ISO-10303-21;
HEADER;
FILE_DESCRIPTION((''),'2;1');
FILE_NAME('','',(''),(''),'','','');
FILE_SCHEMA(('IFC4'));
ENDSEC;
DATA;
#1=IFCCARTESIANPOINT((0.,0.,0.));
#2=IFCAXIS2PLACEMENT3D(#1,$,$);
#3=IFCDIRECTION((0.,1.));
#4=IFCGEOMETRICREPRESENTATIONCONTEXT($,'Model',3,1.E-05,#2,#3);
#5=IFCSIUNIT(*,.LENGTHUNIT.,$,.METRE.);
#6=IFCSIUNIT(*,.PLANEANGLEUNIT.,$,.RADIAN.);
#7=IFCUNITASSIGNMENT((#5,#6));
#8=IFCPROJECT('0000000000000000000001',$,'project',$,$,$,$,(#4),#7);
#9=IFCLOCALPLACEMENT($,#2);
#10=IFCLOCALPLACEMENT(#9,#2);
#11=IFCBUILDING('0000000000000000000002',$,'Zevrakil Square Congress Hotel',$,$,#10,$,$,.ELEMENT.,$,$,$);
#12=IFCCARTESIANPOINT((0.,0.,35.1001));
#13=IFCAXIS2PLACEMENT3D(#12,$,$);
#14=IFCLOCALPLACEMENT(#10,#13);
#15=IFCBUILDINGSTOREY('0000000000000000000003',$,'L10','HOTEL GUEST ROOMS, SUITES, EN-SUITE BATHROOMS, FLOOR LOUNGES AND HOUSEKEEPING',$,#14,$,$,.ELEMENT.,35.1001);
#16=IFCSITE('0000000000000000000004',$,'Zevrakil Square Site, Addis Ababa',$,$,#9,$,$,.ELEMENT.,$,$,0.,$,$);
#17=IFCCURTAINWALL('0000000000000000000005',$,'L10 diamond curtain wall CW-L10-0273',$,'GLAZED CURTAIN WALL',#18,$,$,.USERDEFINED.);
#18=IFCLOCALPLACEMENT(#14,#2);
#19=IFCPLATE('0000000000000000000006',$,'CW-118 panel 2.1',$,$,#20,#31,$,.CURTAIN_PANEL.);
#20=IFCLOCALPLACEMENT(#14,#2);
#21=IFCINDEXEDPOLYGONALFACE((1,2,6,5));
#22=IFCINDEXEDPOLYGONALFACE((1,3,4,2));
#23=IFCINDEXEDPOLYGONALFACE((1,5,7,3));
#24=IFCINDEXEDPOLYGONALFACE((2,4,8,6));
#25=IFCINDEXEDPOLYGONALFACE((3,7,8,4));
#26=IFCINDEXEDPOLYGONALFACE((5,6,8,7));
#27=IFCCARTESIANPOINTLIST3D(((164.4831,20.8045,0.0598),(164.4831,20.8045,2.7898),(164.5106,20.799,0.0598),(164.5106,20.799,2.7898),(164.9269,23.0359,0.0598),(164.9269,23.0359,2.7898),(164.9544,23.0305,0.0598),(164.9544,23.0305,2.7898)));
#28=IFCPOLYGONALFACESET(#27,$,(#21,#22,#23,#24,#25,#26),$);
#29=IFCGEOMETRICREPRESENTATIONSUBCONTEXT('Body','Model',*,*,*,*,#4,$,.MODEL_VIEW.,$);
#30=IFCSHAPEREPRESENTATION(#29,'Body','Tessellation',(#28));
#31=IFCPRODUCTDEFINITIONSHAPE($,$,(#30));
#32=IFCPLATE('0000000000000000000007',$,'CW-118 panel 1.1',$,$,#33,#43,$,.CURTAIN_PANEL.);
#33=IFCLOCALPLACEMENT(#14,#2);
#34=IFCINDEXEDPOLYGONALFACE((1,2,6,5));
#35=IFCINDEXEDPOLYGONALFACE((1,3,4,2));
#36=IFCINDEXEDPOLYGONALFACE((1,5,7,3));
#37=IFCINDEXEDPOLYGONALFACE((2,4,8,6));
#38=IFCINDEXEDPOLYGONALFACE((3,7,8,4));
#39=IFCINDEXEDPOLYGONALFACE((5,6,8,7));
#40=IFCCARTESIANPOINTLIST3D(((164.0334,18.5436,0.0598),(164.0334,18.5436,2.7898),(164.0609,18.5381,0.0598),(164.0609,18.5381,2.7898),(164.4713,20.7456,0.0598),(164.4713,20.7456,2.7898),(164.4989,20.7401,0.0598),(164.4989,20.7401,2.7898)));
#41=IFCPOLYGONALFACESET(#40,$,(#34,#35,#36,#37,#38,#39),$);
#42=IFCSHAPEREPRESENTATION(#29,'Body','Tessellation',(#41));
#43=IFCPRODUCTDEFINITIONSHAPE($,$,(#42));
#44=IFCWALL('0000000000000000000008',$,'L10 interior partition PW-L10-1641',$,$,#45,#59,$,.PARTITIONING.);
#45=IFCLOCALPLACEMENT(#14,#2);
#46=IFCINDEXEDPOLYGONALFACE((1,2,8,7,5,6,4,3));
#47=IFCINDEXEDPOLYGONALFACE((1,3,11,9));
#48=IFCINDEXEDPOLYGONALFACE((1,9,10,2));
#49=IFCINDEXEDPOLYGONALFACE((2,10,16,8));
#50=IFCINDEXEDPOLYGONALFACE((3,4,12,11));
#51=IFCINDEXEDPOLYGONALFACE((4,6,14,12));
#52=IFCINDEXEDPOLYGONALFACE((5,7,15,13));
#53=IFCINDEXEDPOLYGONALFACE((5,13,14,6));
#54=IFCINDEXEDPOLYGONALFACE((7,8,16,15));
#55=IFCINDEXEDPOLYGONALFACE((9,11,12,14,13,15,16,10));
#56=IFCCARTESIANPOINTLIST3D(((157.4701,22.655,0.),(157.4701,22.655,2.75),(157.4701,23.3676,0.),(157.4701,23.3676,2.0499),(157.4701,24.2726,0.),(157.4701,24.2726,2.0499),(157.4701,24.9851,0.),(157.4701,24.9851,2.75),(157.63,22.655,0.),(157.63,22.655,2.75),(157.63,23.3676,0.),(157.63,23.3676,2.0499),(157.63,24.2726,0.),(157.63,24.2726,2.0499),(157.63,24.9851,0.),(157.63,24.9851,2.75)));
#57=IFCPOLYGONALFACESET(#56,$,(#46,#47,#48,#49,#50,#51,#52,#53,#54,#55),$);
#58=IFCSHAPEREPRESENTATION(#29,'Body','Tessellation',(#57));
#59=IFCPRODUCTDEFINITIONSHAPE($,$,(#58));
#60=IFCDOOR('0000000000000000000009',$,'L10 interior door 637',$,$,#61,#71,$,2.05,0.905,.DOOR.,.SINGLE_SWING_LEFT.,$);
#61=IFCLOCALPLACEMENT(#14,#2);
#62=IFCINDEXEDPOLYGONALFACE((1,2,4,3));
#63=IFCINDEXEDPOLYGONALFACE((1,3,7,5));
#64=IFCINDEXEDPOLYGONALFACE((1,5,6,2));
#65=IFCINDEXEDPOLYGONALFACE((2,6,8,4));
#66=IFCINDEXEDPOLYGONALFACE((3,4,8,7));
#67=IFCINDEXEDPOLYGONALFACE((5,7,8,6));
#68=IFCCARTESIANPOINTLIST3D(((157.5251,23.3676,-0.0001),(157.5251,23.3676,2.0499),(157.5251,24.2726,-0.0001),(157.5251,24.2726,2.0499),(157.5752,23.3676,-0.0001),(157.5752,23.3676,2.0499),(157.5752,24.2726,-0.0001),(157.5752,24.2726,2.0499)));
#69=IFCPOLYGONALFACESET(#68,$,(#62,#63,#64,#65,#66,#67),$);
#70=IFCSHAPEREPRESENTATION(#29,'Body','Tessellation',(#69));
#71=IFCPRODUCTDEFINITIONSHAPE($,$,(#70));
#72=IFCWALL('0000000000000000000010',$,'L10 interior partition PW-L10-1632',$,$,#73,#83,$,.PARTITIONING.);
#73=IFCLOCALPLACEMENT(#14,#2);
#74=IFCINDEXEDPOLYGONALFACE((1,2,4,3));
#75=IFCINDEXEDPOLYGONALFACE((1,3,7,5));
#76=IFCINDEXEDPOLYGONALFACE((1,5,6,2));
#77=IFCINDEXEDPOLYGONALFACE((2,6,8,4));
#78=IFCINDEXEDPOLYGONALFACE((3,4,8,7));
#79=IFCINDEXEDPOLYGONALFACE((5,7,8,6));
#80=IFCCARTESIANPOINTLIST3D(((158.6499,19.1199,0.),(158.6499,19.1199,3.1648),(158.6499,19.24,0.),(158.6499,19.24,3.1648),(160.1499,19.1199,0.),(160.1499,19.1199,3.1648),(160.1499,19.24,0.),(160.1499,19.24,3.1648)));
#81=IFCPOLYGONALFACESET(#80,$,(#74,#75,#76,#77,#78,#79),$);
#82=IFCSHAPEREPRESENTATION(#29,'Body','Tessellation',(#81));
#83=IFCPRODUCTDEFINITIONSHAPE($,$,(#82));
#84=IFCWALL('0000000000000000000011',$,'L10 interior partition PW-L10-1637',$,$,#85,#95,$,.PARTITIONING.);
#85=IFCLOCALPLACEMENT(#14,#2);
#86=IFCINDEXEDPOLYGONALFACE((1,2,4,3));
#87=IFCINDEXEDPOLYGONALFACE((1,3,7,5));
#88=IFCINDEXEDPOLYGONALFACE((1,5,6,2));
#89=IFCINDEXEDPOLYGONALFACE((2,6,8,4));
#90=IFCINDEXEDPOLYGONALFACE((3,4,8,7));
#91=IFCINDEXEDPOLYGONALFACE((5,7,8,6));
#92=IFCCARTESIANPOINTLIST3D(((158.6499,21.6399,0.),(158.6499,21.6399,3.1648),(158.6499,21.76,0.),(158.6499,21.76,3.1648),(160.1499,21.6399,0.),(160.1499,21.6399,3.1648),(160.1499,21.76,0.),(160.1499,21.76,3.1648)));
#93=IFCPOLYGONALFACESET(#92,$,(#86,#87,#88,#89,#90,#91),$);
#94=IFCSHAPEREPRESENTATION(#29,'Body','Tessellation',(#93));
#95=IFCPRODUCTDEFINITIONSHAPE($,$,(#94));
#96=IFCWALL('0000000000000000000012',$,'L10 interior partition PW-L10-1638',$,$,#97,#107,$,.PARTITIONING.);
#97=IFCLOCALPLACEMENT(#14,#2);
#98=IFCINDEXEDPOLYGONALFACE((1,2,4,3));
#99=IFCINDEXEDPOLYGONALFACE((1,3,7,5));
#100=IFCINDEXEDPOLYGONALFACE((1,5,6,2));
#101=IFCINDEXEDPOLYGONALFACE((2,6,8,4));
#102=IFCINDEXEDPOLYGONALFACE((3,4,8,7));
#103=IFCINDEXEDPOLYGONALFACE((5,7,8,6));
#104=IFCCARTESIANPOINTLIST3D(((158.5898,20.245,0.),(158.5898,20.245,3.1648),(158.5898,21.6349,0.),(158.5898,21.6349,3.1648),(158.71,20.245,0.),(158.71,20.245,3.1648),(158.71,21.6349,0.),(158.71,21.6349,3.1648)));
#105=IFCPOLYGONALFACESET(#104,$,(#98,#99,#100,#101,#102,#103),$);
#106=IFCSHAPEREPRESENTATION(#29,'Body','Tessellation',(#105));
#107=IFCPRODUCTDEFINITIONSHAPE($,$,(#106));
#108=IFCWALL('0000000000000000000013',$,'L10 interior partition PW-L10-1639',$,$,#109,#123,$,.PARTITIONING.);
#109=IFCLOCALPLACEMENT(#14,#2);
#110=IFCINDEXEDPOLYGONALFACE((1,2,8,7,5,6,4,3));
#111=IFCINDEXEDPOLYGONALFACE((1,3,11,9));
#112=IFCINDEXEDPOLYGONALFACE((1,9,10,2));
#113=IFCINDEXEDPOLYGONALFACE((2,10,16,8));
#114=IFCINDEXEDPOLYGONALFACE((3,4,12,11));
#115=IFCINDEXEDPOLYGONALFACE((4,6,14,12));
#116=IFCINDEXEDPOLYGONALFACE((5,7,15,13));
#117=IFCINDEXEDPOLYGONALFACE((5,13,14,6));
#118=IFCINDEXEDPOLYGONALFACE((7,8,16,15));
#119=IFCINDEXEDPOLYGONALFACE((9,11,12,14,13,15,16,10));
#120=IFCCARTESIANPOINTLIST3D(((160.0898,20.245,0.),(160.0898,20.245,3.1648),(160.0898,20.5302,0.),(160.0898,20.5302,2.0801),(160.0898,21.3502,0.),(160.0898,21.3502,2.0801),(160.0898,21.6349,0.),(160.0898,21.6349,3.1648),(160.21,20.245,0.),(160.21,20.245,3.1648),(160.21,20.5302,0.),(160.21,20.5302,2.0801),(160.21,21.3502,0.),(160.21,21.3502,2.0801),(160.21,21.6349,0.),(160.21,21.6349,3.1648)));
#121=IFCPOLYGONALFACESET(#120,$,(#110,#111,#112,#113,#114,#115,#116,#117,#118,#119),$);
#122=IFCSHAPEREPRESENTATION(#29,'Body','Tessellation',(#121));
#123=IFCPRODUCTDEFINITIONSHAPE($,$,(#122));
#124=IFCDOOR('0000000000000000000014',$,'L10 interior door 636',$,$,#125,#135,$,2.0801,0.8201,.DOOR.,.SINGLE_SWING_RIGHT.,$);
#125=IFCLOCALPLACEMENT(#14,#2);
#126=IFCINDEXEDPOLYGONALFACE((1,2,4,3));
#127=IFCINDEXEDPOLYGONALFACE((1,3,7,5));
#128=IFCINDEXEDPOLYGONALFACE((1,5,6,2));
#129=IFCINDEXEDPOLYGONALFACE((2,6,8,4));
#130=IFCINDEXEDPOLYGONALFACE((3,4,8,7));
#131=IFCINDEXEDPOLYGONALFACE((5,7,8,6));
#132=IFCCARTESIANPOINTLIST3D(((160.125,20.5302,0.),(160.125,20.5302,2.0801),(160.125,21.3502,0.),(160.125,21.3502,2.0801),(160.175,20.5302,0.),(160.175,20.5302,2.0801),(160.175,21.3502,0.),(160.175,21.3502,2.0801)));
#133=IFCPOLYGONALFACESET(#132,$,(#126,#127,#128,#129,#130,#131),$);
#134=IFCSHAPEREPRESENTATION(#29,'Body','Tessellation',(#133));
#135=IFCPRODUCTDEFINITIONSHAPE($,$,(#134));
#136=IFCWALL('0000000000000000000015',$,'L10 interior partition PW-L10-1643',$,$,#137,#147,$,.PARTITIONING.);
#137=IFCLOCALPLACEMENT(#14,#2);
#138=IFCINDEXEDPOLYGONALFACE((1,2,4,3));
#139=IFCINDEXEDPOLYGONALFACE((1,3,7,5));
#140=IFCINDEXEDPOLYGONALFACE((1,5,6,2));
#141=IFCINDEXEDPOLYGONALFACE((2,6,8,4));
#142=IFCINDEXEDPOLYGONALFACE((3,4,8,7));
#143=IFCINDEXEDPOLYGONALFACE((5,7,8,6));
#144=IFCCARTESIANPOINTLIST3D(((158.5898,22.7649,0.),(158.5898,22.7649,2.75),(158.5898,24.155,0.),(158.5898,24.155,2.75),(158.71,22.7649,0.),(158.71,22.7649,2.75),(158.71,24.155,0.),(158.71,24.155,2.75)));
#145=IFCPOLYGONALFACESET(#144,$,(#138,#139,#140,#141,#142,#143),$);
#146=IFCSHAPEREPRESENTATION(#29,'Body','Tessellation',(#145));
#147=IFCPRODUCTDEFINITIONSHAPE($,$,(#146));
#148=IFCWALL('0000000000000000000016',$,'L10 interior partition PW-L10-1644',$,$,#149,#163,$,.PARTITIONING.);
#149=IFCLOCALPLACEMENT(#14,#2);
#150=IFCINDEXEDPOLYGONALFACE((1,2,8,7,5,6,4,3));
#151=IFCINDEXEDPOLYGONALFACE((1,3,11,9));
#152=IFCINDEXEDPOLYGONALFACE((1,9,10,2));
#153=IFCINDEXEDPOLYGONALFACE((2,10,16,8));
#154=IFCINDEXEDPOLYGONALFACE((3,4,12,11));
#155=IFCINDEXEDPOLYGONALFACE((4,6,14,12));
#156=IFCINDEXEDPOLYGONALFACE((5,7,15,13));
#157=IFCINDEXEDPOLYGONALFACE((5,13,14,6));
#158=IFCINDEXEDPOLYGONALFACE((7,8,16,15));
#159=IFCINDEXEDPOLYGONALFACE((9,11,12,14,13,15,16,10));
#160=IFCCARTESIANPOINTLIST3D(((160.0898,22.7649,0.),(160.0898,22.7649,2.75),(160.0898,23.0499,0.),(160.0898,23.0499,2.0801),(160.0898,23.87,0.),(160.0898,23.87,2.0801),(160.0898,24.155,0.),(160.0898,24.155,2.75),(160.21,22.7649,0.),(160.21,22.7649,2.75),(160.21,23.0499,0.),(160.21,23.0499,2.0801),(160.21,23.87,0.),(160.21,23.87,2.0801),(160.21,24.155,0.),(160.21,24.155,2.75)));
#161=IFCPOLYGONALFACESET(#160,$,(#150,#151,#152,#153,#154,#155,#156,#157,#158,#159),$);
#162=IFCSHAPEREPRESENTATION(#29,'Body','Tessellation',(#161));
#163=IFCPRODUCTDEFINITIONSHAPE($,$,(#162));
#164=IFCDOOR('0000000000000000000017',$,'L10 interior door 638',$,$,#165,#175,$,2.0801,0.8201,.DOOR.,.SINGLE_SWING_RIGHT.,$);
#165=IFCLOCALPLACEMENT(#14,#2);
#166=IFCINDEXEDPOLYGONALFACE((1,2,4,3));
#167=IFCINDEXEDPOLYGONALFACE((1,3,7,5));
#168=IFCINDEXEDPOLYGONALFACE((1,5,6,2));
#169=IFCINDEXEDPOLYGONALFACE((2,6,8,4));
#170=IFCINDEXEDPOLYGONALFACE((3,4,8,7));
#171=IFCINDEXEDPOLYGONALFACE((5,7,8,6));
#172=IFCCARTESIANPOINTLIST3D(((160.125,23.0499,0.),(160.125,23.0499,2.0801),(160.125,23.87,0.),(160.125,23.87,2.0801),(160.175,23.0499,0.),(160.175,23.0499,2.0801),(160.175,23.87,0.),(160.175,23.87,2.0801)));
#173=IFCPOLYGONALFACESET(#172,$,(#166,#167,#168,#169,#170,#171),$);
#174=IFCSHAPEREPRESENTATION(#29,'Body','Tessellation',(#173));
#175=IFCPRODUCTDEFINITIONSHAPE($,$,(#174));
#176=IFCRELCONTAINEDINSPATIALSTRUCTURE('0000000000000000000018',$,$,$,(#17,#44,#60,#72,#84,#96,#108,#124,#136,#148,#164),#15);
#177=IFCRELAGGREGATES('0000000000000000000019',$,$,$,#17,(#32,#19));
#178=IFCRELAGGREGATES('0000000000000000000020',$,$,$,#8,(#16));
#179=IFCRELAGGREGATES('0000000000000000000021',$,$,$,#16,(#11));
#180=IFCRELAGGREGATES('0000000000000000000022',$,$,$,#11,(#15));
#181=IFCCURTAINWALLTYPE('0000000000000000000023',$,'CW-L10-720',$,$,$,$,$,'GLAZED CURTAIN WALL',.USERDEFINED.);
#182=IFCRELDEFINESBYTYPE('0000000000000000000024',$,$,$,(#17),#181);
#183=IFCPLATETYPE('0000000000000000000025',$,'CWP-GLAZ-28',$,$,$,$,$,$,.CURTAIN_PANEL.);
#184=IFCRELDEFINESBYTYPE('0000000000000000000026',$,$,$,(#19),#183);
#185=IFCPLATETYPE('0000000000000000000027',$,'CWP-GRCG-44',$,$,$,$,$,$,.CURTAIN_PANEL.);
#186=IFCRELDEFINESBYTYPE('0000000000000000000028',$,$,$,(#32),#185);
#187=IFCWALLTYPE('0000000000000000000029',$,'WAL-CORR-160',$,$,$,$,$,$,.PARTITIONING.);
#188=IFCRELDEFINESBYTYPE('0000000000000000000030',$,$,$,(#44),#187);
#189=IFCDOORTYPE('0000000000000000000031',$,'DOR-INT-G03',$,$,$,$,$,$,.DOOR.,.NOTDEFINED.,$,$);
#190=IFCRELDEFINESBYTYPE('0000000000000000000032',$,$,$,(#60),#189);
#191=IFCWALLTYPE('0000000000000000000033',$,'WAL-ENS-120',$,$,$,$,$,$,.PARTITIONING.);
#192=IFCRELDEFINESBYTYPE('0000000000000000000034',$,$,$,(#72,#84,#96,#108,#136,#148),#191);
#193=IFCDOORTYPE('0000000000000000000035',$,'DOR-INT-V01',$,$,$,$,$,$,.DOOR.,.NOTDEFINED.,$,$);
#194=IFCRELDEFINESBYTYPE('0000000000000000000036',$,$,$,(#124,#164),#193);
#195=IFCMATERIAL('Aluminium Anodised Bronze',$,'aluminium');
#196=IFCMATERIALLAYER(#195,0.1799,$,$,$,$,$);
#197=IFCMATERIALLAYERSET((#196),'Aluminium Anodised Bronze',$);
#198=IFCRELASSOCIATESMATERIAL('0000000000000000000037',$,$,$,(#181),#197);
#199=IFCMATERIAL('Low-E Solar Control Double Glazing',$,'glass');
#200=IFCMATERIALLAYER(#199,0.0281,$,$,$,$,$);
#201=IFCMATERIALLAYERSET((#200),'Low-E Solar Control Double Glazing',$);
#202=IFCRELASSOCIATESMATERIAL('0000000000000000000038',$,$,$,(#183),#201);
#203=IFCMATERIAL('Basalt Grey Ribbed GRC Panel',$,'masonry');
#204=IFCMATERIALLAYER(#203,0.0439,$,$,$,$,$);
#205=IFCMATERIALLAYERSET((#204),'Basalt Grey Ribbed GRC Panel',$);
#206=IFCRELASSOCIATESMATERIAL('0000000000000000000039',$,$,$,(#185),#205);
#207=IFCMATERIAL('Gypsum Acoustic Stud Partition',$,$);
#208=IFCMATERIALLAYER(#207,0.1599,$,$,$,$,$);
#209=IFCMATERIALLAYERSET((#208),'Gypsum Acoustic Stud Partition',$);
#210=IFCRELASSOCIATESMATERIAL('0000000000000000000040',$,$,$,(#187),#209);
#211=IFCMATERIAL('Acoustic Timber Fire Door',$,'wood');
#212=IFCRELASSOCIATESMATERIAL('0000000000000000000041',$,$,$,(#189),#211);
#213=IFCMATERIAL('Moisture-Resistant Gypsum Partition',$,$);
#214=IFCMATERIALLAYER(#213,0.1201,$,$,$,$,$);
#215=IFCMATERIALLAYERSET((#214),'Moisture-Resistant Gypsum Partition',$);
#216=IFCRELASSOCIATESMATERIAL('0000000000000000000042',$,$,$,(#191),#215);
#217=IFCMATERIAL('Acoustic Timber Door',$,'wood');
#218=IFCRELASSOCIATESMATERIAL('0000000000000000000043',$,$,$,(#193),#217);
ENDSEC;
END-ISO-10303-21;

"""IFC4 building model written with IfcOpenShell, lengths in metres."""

from ifc_helpers import new_model, si_unit, direction, frame, frame_2d, origin, origin_2d, place, context, subcontext, project, spatial, rectangle, extrude, material, layer, layer_set, type_object, element, fill, aggregate, save


model = new_model("IFC4")

# Units and contexts
model_context = context("Model", 3, precision=1e-05, world=origin(), true_north=direction((0.0, 1.0)))
body_context = subcontext(model_context, "Body", "Model", "MODEL_VIEW")
ifc_project = project(units=[si_unit("LENGTHUNIT", "METRE"), si_unit("PLANEANGLEUNIT", "RADIAN")], contexts=[model_context])

# Site, building, storey
site_placement = place(None, origin())
site = spatial("IfcSite", under=ifc_project, at=site_placement, Name="Zevrakil Square Site, Addis Ababa", CompositionType="ELEMENT", RefElevation=0.0)
building_placement = place(site_placement, origin())
building = spatial("IfcBuilding", under=site, at=building_placement, Name="Zevrakil Square Congress Hotel", CompositionType="ELEMENT")
storey_placement = place(building_placement, frame((0.0, 0.0, 35.1001)))
storey = spatial("IfcBuildingStorey", under=building, at=storey_placement, Name="L10", Description="HOTEL GUEST ROOMS, SUITES, EN-SUITE BATHROOMS, FLOOR LOUNGES AND HOUSEKEEPING", CompositionType="ELEMENT", Elevation=35.1001)

# Curtain wall, plates
ifc_material_1 = material(Name="Aluminium Anodised Bronze", Category="aluminium")
ifc_layer_1 = layer(ifc_material_1, 0.1799)
ifc_layer_set_1 = layer_set([ifc_layer_1], Name="Aluminium Anodised Bronze")
curtain_wall_type = type_object("IfcCurtainWallType", Name="CW-L10-720", ElementType="GLAZED CURTAIN WALL", PredefinedType="USERDEFINED", material=ifc_layer_set_1)
curtain_wall_placement = place(storey_placement, origin())
curtain_wall = element("IfcCurtainWall", 1, at=curtain_wall_placement, inside=storey, type_object=curtain_wall_type, Name="L10 diamond curtain wall CW-L10-0273", ObjectType="GLAZED CURTAIN WALL", PredefinedType="USERDEFINED")
ifc_material_2 = material(Name="Low-E Solar Control Double Glazing", Category="glass")
ifc_layer_2 = layer(ifc_material_2, 0.0281)
ifc_layer_set_2 = layer_set([ifc_layer_2], Name="Low-E Solar Control Double Glazing")
plate_type_1 = type_object("IfcPlateType", Name="CWP-GLAZ-28", PredefinedType="CURTAIN_PANEL", material=ifc_layer_set_2)
plate_1_placement = place(storey_placement, frame((164.7188, 21.9175, 0.0598), z_axis=(0.0, 0.0, 1.0), x_axis=(0.195084, 0.980787, 0.0)))
plate_1 = element("IfcPlate", 2, at=plate_1_placement, type_object=plate_type_1, Name="CW-118 panel 2.1", PredefinedType="CURTAIN_PANEL", context=body_context, shape_type="SweptSolid", body=[
    extrude(rectangle(XDim=2.2751, YDim=0.0281, at=origin_2d()), origin(), (0.0, 0.0, 1.0), 2.73),
])
ifc_material_3 = material(Name="Basalt Grey Ribbed GRC Panel", Category="masonry")
ifc_layer_3 = layer(ifc_material_3, 0.0439)
ifc_layer_set_3 = layer_set([ifc_layer_3], Name="Basalt Grey Ribbed GRC Panel")
plate_type_2 = type_object("IfcPlateType", Name="CWP-GRCG-44", PredefinedType="CURTAIN_PANEL", material=ifc_layer_set_3)
plate_2_placement = place(storey_placement, frame((164.2661, 19.6418, 0.0598), z_axis=(0.0, 0.0, 1.0), x_axis=(0.195084, 0.980787, 0.0)))
plate_2 = element("IfcPlate", 3, at=plate_2_placement, type_object=plate_type_2, Name="CW-118 panel 1.1", PredefinedType="CURTAIN_PANEL", context=body_context, shape_type="SweptSolid", body=[
    extrude(rectangle(XDim=2.2451, YDim=0.0281, at=origin_2d()), origin(), (0.0, 0.0, 1.0), 2.73),
])
aggregate(curtain_wall, [plate_2, plate_1])

# Wall, opening, door
ifc_material_4 = material(Name="Gypsum Acoustic Stud Partition")
ifc_layer_4 = layer(ifc_material_4, 0.1599)
ifc_layer_set_4 = layer_set([ifc_layer_4], Name="Gypsum Acoustic Stud Partition")
wall_type_1 = type_object("IfcWallType", Name="WAL-CORR-160", PredefinedType="PARTITIONING", material=ifc_layer_set_4)
wall_1_placement = place(storey_placement, frame((157.55, 22.655, 0.0), z_axis=(0.0, 0.0, 1.0), x_axis=(0.0, 1.0, 0.0)))
wall_1 = element("IfcWall", 4, at=wall_1_placement, inside=storey, type_object=wall_type_1, Name="L10 interior partition PW-L10-1641", PredefinedType="PARTITIONING", context=body_context, shape_type="SweptSolid", body=[
    extrude(rectangle(XDim=2.3301, YDim=0.1599, at=frame_2d((1.165, 0.0))), origin(), (0.0, 0.0, 1.0), 2.75),
])
opening_1_placement = place(wall_1_placement, frame((0.7124, 0.0, 0.0)))
opening_1 = element("IfcOpeningElement", 5, at=opening_1_placement, cuts=wall_1, PredefinedType="OPENING", context=body_context, shape_type="SweptSolid", body=[
    extrude(rectangle(XDim=0.905, YDim=2.05, at=frame_2d((0.4526, 1.0249))), frame((0.0, 0.0898, 0.0), z_axis=(0.0, -1.0, 0.0), x_axis=(1.0, 0.0, 0.0)), (0.0, 0.0, 1.0), 0.1799),
])
ifc_material_5 = material(Name="Acoustic Timber Fire Door", Category="wood")
door_type_1 = type_object("IfcDoorType", Name="DOR-INT-G03", OperationType="NOTDEFINED", PredefinedType="DOOR", material=ifc_material_5)
door_1_placement = place(opening_1_placement, origin())
door_1 = element("IfcDoor", 6, at=door_1_placement, inside=storey, type_object=door_type_1, Name="L10 interior door 637", OperationType="SINGLE_SWING_LEFT", OverallHeight=2.05, OverallWidth=0.905, PredefinedType="DOOR", context=body_context, shape_type="SweptSolid", body=[
    extrude(rectangle(XDim=0.905, YDim=2.05, at=frame_2d((0.4526, 1.0249))), frame((0.0, 0.0249, 0.0), z_axis=(0.0, -1.0, 0.0), x_axis=(1.0, 0.0, 0.0)), (0.0, 0.0, 1.0), 0.05),
])
fill(opening_1, door_1)

# Walls
ifc_material_6 = material(Name="Moisture-Resistant Gypsum Partition")
ifc_layer_5 = layer(ifc_material_6, 0.1201)
ifc_layer_set_5 = layer_set([ifc_layer_5], Name="Moisture-Resistant Gypsum Partition")
wall_type_2 = type_object("IfcWallType", Name="WAL-ENS-120", PredefinedType="PARTITIONING", material=ifc_layer_set_5)
for number, where, z_axis, x_axis, name in (
    (7, (158.6499, 19.1799, 0.0), (0.0, 0.0, 1.0), (1.0, 0.0, 0.0), "L10 interior partition PW-L10-1632"),
    (8, (158.6499, 21.7, 0.0), (0.0, 0.0, 1.0), (1.0, 0.0, 0.0), "L10 interior partition PW-L10-1637"),
):
    element("IfcWall", number, at=place(storey_placement, frame(where, z_axis=z_axis, x_axis=x_axis)), inside=storey, type_object=wall_type_2, Name=name, PredefinedType="PARTITIONING", context=body_context, shape_type="SweptSolid", body=[
        extrude(rectangle(XDim=1.5, YDim=0.1201, at=frame_2d((0.75, 0.0))), origin(), (0.0, 0.0, 1.0), 3.1648),
    ])
wall_2_placement = place(storey_placement, frame((158.6499, 20.2451, 0.0), z_axis=(0.0, 0.0, 1.0), x_axis=(0.0, 1.0, 0.0)))
element("IfcWall", 9, at=wall_2_placement, inside=storey, type_object=wall_type_2, Name="L10 interior partition PW-L10-1638", PredefinedType="PARTITIONING", context=body_context, shape_type="SweptSolid", body=[
    extrude(rectangle(XDim=1.3899, YDim=0.1201, at=frame_2d((0.6948, 0.0))), origin(), (0.0, 0.0, 1.0), 3.1648),
])

# Wall, opening, door
wall_3_placement = place(storey_placement, frame((160.1499, 20.2451, 0.0), z_axis=(0.0, 0.0, 1.0), x_axis=(0.0, 1.0, 0.0)))
wall_3 = element("IfcWall", 10, at=wall_3_placement, inside=storey, type_object=wall_type_2, Name="L10 interior partition PW-L10-1639", PredefinedType="PARTITIONING", context=body_context, shape_type="SweptSolid", body=[
    extrude(rectangle(XDim=1.3899, YDim=0.1201, at=frame_2d((0.6948, 0.0))), origin(), (0.0, 0.0, 1.0), 3.1648),
])
opening_2_placement = place(wall_3_placement, frame((0.2849, 0.0, 0.0)))
opening_2 = element("IfcOpeningElement", 11, at=opening_2_placement, cuts=wall_3, PredefinedType="OPENING", context=body_context, shape_type="SweptSolid", body=[
    extrude(rectangle(XDim=0.8201, YDim=2.0801, at=frame_2d((0.4102, 1.04))), frame((0.0, 0.0701, 0.0), z_axis=(0.0, -1.0, 0.0), x_axis=(1.0, 0.0, 0.0)), (0.0, 0.0, 1.0), 0.1401),
])
ifc_material_7 = material(Name="Acoustic Timber Door", Category="wood")
door_type_2 = type_object("IfcDoorType", Name="DOR-INT-V01", OperationType="NOTDEFINED", PredefinedType="DOOR", material=ifc_material_7)
door_2_placement = place(opening_2_placement, origin())
door_2 = element("IfcDoor", 12, at=door_2_placement, inside=storey, type_object=door_type_2, Name="L10 interior door 636", OperationType="SINGLE_SWING_RIGHT", OverallHeight=2.0801, OverallWidth=0.8201, PredefinedType="DOOR", context=body_context, shape_type="SweptSolid", body=[
    extrude(rectangle(XDim=0.8201, YDim=2.0801, at=frame_2d((0.4102, 1.04))), frame((0.0, 0.0249, 0.0), z_axis=(0.0, -1.0, 0.0), x_axis=(1.0, 0.0, 0.0)), (0.0, 0.0, 1.0), 0.05),
])
fill(opening_2, door_2)

# Wall
wall_4_placement = place(storey_placement, frame((158.6499, 22.7649, 0.0), z_axis=(0.0, 0.0, 1.0), x_axis=(0.0, 1.0, 0.0)))
element("IfcWall", 13, at=wall_4_placement, inside=storey, type_object=wall_type_2, Name="L10 interior partition PW-L10-1643", PredefinedType="PARTITIONING", context=body_context, shape_type="SweptSolid", body=[
    extrude(rectangle(XDim=1.3901, YDim=0.1201, at=frame_2d((0.6951, 0.0))), origin(), (0.0, 0.0, 1.0), 2.75),
])

# Wall, opening, door
wall_5_placement = place(storey_placement, frame((160.1499, 22.7649, 0.0), z_axis=(0.0, 0.0, 1.0), x_axis=(0.0, 1.0, 0.0)))
wall_5 = element("IfcWall", 14, at=wall_5_placement, inside=storey, type_object=wall_type_2, Name="L10 interior partition PW-L10-1644", PredefinedType="PARTITIONING", context=body_context, shape_type="SweptSolid", body=[
    extrude(rectangle(XDim=1.3901, YDim=0.1201, at=frame_2d((0.6951, 0.0))), origin(), (0.0, 0.0, 1.0), 2.75),
])
opening_3_placement = place(wall_5_placement, frame((0.2849, 0.0, 0.0)))
opening_3 = element("IfcOpeningElement", 15, at=opening_3_placement, cuts=wall_5, PredefinedType="OPENING", context=body_context, shape_type="SweptSolid", body=[
    extrude(rectangle(XDim=0.8201, YDim=2.0801, at=frame_2d((0.4102, 1.04))), frame((0.0, 0.0701, 0.0), z_axis=(0.0, -1.0, 0.0), x_axis=(1.0, 0.0, 0.0)), (0.0, 0.0, 1.0), 0.1401),
])
door_3_placement = place(opening_3_placement, origin())
door_3 = element("IfcDoor", 16, at=door_3_placement, inside=storey, type_object=door_type_2, Name="L10 interior door 638", OperationType="SINGLE_SWING_RIGHT", OverallHeight=2.0801, OverallWidth=0.8201, PredefinedType="DOOR", context=body_context, shape_type="SweptSolid", body=[
    extrude(rectangle(XDim=0.8201, YDim=2.0801, at=frame_2d((0.4102, 1.04))), frame((0.0, 0.0249, 0.0), z_axis=(0.0, -1.0, 0.0), x_axis=(1.0, 0.0, 0.0)), (0.0, 0.0, 1.0), 0.05),
])
fill(opening_3, door_3)

save(model, "model.ifc")
